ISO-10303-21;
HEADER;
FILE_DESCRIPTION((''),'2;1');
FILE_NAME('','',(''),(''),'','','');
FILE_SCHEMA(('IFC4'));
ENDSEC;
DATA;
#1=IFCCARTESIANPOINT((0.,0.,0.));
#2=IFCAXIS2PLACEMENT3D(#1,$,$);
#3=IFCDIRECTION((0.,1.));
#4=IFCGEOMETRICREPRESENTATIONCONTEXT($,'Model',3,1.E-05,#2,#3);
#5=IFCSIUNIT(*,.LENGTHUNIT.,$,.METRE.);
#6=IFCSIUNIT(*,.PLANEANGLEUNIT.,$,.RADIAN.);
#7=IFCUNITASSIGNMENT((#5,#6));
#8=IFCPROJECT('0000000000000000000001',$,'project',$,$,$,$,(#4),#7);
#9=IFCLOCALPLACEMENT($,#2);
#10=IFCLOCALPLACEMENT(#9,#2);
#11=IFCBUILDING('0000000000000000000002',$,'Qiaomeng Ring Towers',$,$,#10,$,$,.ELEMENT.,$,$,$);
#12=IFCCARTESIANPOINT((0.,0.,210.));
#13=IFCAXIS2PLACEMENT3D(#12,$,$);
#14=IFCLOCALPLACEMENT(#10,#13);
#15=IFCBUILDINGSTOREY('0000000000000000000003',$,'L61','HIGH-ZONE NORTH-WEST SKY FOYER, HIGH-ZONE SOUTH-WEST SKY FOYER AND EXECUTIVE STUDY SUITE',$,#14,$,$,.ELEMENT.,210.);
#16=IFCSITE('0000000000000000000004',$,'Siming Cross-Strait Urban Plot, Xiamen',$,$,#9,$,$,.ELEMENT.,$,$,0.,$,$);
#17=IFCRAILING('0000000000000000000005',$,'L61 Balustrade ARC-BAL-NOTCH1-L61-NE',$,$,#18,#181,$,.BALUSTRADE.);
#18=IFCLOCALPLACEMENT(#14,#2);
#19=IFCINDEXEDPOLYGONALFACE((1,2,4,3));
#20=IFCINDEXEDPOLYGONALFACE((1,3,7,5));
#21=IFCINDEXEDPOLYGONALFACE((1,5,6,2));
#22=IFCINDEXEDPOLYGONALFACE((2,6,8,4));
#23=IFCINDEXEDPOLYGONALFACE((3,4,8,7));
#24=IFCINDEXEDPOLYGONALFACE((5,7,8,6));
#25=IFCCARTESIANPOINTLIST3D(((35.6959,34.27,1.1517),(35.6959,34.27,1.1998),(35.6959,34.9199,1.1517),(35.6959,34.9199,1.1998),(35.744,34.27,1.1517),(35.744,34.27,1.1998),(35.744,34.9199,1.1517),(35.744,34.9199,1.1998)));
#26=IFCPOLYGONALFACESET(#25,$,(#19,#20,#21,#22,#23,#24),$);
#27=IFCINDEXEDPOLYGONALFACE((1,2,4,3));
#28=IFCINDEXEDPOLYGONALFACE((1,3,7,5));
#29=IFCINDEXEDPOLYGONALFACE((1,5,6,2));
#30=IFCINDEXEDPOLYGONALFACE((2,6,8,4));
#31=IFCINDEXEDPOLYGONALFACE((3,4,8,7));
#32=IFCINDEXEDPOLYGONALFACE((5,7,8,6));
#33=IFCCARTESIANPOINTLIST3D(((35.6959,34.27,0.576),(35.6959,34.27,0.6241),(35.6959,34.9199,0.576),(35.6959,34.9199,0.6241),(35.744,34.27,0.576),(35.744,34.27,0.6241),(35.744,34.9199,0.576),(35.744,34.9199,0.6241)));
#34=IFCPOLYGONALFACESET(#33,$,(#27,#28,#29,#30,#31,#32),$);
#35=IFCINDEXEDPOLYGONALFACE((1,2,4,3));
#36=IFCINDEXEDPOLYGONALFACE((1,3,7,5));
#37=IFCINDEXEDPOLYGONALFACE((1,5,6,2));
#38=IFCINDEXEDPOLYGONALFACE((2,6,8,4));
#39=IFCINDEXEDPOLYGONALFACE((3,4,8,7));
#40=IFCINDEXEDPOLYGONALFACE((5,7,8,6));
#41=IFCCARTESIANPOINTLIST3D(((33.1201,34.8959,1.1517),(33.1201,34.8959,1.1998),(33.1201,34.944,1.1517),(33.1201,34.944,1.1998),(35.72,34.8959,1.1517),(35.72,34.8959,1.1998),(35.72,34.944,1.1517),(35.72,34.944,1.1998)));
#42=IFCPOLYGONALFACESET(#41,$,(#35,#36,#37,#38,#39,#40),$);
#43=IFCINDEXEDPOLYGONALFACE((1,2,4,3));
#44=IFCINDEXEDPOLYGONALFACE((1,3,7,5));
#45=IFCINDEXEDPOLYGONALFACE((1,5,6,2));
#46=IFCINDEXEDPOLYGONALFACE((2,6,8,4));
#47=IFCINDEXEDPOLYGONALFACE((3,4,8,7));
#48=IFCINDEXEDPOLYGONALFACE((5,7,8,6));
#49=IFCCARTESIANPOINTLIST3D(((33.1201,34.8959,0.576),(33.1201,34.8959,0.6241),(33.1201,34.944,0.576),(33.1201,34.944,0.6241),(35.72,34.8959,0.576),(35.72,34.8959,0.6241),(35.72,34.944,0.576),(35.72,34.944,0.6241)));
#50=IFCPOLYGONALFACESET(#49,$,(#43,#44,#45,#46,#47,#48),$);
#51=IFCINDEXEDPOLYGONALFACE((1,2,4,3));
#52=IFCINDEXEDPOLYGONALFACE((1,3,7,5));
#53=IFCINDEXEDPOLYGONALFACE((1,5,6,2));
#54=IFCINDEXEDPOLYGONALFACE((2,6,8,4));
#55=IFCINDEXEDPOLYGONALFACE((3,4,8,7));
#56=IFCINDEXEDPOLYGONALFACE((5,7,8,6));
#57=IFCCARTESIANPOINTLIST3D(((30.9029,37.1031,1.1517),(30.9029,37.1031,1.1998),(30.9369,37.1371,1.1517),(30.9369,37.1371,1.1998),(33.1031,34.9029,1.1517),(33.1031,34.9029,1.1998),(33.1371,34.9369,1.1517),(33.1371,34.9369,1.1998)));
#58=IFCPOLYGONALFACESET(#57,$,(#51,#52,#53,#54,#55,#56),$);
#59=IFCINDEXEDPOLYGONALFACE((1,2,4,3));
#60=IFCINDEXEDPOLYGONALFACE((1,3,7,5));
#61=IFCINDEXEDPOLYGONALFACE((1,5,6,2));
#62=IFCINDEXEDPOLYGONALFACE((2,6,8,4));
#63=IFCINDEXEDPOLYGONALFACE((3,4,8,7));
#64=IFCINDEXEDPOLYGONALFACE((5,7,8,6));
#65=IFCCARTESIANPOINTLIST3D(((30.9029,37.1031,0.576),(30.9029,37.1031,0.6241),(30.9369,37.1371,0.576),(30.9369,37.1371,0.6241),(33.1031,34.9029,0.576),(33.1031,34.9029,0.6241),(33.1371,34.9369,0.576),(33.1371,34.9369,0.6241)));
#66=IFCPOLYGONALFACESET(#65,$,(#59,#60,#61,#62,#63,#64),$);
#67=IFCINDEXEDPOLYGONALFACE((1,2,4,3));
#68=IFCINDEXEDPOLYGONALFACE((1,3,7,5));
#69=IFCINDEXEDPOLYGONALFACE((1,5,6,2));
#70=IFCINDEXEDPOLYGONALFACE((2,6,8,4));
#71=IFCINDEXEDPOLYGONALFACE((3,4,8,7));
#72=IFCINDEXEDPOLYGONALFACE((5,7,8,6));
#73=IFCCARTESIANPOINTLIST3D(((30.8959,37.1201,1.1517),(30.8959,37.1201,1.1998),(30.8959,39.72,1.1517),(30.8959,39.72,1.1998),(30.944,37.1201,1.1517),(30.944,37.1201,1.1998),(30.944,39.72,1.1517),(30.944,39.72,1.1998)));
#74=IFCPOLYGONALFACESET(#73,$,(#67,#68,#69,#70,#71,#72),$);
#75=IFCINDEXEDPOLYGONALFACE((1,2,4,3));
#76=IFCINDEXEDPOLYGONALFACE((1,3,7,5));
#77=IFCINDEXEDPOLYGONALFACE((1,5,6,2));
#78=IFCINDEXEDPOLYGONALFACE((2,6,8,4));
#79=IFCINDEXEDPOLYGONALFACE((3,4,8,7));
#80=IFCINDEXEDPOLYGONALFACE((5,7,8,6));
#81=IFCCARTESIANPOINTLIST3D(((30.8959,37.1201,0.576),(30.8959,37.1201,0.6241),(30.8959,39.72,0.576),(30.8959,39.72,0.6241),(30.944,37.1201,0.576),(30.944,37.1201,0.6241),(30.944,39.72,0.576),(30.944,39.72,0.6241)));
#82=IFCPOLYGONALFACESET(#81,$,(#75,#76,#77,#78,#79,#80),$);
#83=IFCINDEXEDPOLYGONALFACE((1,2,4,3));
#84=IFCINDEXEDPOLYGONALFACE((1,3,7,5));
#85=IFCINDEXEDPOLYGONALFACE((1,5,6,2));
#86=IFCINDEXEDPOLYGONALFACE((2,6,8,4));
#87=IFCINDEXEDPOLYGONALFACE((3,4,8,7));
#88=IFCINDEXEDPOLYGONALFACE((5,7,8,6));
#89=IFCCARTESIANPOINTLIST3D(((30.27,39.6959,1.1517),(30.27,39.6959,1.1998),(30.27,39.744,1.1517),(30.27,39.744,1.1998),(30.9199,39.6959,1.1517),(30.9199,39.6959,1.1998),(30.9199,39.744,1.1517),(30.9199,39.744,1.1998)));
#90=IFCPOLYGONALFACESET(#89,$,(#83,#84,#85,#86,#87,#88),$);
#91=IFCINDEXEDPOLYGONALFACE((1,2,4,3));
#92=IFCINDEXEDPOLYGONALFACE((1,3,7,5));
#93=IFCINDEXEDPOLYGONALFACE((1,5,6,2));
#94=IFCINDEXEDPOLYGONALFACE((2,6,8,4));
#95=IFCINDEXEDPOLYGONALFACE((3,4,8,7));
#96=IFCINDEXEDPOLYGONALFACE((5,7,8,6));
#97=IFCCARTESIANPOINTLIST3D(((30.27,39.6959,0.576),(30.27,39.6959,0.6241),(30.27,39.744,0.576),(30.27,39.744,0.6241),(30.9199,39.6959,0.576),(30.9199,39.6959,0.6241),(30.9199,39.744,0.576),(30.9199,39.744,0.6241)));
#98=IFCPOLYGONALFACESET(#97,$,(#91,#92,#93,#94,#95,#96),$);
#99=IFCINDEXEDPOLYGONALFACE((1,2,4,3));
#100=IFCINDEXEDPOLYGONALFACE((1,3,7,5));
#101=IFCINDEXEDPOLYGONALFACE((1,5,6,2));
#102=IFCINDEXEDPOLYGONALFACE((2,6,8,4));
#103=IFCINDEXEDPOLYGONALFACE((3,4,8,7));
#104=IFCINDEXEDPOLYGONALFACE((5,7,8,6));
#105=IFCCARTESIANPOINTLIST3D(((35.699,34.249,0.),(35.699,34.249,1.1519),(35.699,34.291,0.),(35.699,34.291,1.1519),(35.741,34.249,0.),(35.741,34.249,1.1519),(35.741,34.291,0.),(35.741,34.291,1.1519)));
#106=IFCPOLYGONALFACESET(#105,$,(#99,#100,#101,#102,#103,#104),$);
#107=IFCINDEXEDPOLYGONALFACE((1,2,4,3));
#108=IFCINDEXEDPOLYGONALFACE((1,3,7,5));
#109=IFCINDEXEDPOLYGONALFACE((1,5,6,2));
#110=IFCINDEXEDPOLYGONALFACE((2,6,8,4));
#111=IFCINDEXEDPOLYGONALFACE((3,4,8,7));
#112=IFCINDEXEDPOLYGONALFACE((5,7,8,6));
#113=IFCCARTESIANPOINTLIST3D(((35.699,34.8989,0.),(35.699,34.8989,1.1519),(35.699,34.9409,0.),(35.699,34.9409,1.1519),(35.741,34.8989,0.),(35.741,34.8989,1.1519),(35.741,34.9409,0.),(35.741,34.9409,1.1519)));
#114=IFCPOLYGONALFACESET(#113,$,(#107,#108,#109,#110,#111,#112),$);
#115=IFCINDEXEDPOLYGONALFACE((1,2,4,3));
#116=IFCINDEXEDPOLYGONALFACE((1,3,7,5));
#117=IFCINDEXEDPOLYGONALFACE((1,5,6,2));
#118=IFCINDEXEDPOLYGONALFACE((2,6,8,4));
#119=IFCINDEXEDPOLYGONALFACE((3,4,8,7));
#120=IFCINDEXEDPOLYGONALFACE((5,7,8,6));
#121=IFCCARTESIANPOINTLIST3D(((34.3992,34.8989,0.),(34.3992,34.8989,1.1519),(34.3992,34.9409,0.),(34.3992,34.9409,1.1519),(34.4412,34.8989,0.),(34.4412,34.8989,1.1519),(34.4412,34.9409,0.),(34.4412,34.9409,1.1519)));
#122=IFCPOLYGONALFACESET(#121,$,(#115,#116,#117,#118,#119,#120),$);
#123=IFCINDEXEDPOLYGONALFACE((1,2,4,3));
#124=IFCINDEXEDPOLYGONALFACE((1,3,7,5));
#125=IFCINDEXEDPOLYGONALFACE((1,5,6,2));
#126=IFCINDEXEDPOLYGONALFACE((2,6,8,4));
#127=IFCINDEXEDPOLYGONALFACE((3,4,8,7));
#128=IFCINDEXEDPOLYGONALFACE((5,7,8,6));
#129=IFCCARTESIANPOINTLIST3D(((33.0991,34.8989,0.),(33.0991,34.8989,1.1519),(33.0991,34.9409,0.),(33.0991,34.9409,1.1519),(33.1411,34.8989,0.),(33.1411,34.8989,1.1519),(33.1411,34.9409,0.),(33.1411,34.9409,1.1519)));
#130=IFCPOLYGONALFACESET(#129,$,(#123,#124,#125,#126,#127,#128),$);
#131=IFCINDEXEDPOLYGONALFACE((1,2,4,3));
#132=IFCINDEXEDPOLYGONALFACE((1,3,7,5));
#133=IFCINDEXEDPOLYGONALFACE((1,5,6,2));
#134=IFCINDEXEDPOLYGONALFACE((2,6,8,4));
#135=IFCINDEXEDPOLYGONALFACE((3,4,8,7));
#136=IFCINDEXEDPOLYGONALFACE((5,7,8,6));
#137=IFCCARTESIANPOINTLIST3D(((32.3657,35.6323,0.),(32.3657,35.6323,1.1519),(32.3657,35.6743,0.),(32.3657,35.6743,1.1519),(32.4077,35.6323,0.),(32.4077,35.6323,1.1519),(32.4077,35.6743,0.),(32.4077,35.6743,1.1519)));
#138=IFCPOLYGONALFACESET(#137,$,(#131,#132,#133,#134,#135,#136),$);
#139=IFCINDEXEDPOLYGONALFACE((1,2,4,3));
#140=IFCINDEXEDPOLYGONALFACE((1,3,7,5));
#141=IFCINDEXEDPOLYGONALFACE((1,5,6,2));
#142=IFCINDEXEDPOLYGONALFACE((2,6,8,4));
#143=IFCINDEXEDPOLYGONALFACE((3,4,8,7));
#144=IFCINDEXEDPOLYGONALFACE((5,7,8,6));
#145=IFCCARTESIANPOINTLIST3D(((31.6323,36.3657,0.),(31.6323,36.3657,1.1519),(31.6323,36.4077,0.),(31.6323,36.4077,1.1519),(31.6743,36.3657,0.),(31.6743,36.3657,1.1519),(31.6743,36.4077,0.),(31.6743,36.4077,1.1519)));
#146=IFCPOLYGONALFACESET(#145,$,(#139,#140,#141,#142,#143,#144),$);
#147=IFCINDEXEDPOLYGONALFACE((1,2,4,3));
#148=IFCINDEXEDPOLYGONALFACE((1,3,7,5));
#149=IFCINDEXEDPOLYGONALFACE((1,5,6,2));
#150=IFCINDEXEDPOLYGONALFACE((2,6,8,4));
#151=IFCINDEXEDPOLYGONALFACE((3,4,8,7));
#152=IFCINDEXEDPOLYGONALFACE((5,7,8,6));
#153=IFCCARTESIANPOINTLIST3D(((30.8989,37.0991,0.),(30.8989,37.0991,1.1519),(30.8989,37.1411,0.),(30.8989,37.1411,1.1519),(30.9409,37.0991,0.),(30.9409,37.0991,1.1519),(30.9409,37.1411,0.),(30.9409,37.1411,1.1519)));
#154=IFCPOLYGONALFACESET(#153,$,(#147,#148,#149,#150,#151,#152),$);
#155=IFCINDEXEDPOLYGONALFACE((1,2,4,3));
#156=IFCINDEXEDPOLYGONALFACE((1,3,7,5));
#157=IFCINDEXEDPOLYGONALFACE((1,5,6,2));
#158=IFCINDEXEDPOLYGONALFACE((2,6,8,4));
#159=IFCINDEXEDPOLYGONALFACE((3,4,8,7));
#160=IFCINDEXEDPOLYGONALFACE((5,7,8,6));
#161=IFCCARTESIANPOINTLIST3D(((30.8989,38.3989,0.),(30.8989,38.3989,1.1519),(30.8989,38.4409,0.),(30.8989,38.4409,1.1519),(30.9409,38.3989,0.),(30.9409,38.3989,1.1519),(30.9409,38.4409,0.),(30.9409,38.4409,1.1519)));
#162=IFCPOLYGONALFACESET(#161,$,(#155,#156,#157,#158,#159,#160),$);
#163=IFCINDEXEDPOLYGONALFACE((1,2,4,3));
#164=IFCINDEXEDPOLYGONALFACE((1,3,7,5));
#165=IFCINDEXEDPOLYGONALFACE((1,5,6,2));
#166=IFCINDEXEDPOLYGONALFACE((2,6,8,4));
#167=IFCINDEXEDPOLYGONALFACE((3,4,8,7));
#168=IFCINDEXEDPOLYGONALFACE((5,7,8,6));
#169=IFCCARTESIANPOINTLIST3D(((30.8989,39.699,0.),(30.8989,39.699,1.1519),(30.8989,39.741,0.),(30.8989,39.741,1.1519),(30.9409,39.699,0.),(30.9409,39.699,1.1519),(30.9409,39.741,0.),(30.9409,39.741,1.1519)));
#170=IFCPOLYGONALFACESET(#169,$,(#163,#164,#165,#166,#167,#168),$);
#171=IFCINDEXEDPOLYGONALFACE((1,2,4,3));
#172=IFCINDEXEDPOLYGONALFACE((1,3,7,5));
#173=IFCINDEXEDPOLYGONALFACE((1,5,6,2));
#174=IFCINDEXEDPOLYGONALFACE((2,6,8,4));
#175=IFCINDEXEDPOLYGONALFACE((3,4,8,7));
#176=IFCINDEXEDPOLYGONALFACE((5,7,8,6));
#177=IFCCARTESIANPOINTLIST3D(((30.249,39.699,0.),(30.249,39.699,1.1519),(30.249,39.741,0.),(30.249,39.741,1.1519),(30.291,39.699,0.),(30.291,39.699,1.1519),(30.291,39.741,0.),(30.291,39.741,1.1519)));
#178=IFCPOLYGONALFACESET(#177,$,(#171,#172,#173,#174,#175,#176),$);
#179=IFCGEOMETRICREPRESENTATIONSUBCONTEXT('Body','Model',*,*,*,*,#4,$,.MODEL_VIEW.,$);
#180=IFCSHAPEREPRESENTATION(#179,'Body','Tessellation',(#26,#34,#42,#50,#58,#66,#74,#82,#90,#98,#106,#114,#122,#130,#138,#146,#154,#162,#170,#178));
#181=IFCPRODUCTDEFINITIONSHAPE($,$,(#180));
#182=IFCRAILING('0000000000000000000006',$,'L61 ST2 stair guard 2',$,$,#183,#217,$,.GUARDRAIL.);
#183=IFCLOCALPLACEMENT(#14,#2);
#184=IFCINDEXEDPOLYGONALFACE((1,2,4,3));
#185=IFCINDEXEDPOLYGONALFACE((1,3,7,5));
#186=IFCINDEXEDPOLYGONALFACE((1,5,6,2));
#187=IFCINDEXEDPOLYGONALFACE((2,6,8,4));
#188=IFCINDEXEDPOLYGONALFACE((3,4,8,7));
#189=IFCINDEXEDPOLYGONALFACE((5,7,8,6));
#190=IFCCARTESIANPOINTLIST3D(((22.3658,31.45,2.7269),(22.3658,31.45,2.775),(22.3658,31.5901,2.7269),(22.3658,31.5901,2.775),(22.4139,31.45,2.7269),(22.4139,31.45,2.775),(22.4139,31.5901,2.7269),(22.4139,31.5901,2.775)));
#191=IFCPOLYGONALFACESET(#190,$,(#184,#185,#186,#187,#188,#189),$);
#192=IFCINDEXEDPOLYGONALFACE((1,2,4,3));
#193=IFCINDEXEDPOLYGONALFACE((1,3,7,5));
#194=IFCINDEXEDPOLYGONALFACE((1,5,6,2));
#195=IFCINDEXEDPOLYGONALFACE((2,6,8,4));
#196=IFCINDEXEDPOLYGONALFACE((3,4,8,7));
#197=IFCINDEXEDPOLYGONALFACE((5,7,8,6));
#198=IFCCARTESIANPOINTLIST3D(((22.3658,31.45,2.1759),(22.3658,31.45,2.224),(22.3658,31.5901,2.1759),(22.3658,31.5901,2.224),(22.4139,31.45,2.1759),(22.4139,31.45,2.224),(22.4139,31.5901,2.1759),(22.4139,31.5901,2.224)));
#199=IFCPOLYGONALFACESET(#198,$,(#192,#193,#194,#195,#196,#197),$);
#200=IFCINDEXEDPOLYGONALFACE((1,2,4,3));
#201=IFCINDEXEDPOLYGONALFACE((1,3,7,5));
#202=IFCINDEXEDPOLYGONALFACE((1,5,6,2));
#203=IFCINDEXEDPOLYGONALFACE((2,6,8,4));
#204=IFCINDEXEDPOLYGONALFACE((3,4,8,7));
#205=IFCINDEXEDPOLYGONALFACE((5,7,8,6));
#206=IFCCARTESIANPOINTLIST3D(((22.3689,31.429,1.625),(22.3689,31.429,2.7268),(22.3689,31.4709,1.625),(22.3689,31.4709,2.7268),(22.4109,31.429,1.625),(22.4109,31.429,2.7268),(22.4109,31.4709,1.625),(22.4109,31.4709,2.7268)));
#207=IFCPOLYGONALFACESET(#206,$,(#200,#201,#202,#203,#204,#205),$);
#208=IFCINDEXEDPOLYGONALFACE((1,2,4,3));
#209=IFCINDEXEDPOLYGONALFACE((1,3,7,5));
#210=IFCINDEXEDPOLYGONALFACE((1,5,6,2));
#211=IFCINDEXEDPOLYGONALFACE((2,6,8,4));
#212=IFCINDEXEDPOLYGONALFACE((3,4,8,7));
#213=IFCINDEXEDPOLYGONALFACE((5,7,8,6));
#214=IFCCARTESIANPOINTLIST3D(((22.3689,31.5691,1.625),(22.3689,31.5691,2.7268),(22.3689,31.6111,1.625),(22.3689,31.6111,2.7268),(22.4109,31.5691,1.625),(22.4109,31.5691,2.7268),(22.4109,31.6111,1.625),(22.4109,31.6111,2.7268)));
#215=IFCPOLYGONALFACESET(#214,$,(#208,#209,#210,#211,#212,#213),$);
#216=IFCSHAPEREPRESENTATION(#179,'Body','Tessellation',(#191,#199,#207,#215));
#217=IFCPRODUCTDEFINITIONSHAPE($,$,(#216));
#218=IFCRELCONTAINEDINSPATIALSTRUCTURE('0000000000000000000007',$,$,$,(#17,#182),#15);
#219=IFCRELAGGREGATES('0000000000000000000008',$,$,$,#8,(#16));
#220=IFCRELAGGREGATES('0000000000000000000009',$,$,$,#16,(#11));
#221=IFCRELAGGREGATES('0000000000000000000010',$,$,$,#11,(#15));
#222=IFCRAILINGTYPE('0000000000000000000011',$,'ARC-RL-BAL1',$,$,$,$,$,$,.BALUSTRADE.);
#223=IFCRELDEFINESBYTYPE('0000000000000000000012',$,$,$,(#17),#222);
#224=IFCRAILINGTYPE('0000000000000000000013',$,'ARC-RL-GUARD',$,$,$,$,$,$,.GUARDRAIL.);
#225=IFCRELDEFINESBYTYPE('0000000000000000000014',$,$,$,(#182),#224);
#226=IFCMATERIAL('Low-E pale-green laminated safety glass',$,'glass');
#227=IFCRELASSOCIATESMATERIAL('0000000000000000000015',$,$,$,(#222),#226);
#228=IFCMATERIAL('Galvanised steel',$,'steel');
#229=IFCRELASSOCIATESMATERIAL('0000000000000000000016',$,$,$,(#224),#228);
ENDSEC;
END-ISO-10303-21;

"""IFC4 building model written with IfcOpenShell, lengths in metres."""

from ifc_helpers import new_model, si_unit, direction, frame, origin, origin_2d, place, context, subcontext, project, spatial, rectangle, extrude, material, type_object, element, save


model = new_model("IFC4")

# Units and contexts
model_context = context("Model", 3, precision=1e-05, world=origin(), true_north=direction((0.0, 1.0)))
body_context = subcontext(model_context, "Body", "Model", "MODEL_VIEW")
ifc_project = project(units=[si_unit("LENGTHUNIT", "METRE"), si_unit("PLANEANGLEUNIT", "RADIAN")], contexts=[model_context])

# Site, building, storey
site_placement = place(None, origin())
site = spatial("IfcSite", under=ifc_project, at=site_placement, Name="Siming Cross-Strait Urban Plot, Xiamen", CompositionType="ELEMENT", RefElevation=0.0)
building_placement = place(site_placement, origin())
building = spatial("IfcBuilding", under=site, at=building_placement, Name="Qiaomeng Ring Towers", CompositionType="ELEMENT")
storey_placement = place(building_placement, frame((0.0, 0.0, 210.0)))
storey = spatial("IfcBuildingStorey", under=building, at=storey_placement, Name="L61", Description="HIGH-ZONE NORTH-WEST SKY FOYER, HIGH-ZONE SOUTH-WEST SKY FOYER AND EXECUTIVE STUDY SUITE", CompositionType="ELEMENT", Elevation=210.0)

# Railings
ifc_material_1 = material(Name="Low-E pale-green laminated safety glass", Category="glass")
railing_type_1 = type_object("IfcRailingType", Name="ARC-RL-BAL1", PredefinedType="BALUSTRADE", material=ifc_material_1)
railing_1_placement = place(storey_placement, frame((35.72, 34.27, 0.0)))
element("IfcRailing", 1, at=railing_1_placement, inside=storey, type_object=railing_type_1, Name="L61 Balustrade ARC-BAL-NOTCH1-L61-NE", PredefinedType="BALUSTRADE", context=body_context, shape_type="SweptSolid", body=[
    extrude(rectangle(XDim=0.0481, YDim=0.0481, at=origin_2d()), frame((0.0, 0.0, 1.1758), z_axis=(0.0, 1.0, 0.0), x_axis=(-1.0, 0.0, 0.0)), (0.0, 0.0, 1.0), 0.6499),
    extrude(rectangle(XDim=0.0481, YDim=0.0481, at=origin_2d()), frame((0.0, 0.0, 0.6001), z_axis=(0.0, 1.0, 0.0), x_axis=(-1.0, 0.0, 0.0)), (0.0, 0.0, 1.0), 0.6499),
    extrude(rectangle(XDim=0.0481, YDim=0.0481, at=origin_2d()), frame((0.0, 0.6499, 1.1758), z_axis=(-1.0, 0.0, 0.0), x_axis=(0.0, -1.0, 0.0)), (0.0, 0.0, 1.0), 2.5999),
    extrude(rectangle(XDim=0.0481, YDim=0.0481, at=origin_2d()), frame((0.0, 0.6499, 0.6001), z_axis=(-1.0, 0.0, 0.0), x_axis=(0.0, -1.0, 0.0)), (0.0, 0.0, 1.0), 2.5999),
    extrude(rectangle(XDim=0.0481, YDim=0.0481, at=origin_2d()), frame((-2.5999, 0.6499, 1.1758), z_axis=(-0.707107, 0.707107, 0.0), x_axis=(-0.707107, -0.707107, 0.0)), (0.0, 0.0, 1.0), 3.1116),
    extrude(rectangle(XDim=0.0481, YDim=0.0481, at=origin_2d()), frame((-2.5999, 0.6499, 0.6001), z_axis=(-0.707107, 0.707107, 0.0), x_axis=(-0.707107, -0.707107, 0.0)), (0.0, 0.0, 1.0), 3.1116),
    extrude(rectangle(XDim=0.0481, YDim=0.0481, at=origin_2d()), frame((-4.8, 2.8501, 1.1758), z_axis=(0.0, 1.0, 0.0), x_axis=(-1.0, 0.0, 0.0)), (0.0, 0.0, 1.0), 2.5999),
    extrude(rectangle(XDim=0.0481, YDim=0.0481, at=origin_2d()), frame((-4.8, 2.8501, 0.6001), z_axis=(0.0, 1.0, 0.0), x_axis=(-1.0, 0.0, 0.0)), (0.0, 0.0, 1.0), 2.5999),
    extrude(rectangle(XDim=0.0481, YDim=0.0481, at=origin_2d()), frame((-4.8, 5.45, 1.1758), z_axis=(-1.0, 0.0, 0.0), x_axis=(0.0, -1.0, 0.0)), (0.0, 0.0, 1.0), 0.6499),
    extrude(rectangle(XDim=0.0481, YDim=0.0481, at=origin_2d()), frame((-4.8, 5.45, 0.6001), z_axis=(-1.0, 0.0, 0.0), x_axis=(0.0, -1.0, 0.0)), (0.0, 0.0, 1.0), 0.6499),
    extrude(rectangle(XDim=0.042, YDim=0.042, at=origin_2d()), origin(), (0.0, 0.0, 1.0), 1.1519),
    extrude(rectangle(XDim=0.042, YDim=0.042, at=origin_2d()), frame((0.0, 0.6499, 0.0)), (0.0, 0.0, 1.0), 1.1519),
    extrude(rectangle(XDim=0.042, YDim=0.042, at=origin_2d()), frame((-1.2998, 0.6499, 0.0)), (0.0, 0.0, 1.0), 1.1519),
    extrude(rectangle(XDim=0.042, YDim=0.042, at=origin_2d()), frame((-2.5999, 0.6499, 0.0)), (0.0, 0.0, 1.0), 1.1519),
    extrude(rectangle(XDim=0.042, YDim=0.042, at=origin_2d()), frame((-3.3333, 1.3833, 0.0)), (0.0, 0.0, 1.0), 1.1519),
    extrude(rectangle(XDim=0.042, YDim=0.042, at=origin_2d()), frame((-4.0667, 2.1167, 0.0)), (0.0, 0.0, 1.0), 1.1519),
    extrude(rectangle(XDim=0.042, YDim=0.042, at=origin_2d()), frame((-4.8, 2.8501, 0.0)), (0.0, 0.0, 1.0), 1.1519),
    extrude(rectangle(XDim=0.042, YDim=0.042, at=origin_2d()), frame((-4.8, 4.1499, 0.0)), (0.0, 0.0, 1.0), 1.1519),
    extrude(rectangle(XDim=0.042, YDim=0.042, at=origin_2d()), frame((-4.8, 5.45, 0.0)), (0.0, 0.0, 1.0), 1.1519),
    extrude(rectangle(XDim=0.042, YDim=0.042, at=origin_2d()), frame((-5.45, 5.45, 0.0)), (0.0, 0.0, 1.0), 1.1519),
])
ifc_material_2 = material(Name="Galvanised steel", Category="steel")
railing_type_2 = type_object("IfcRailingType", Name="ARC-RL-GUARD", PredefinedType="GUARDRAIL", material=ifc_material_2)
railing_2_placement = place(storey_placement, frame((22.3899, 31.45, 1.625)))
element("IfcRailing", 2, at=railing_2_placement, inside=storey, type_object=railing_type_2, Name="L61 ST2 stair guard 2", PredefinedType="GUARDRAIL", context=body_context, shape_type="SweptSolid", body=[
    extrude(rectangle(XDim=0.0481, YDim=0.0481, at=origin_2d()), frame((0.0, 0.0, 1.126), z_axis=(0.0, 1.0, 0.0), x_axis=(-1.0, 0.0, 0.0)), (0.0, 0.0, 1.0), 0.1401),
    extrude(rectangle(XDim=0.0481, YDim=0.0481, at=origin_2d()), frame((0.0, 0.0, 0.575), z_axis=(0.0, 1.0, 0.0), x_axis=(-1.0, 0.0, 0.0)), (0.0, 0.0, 1.0), 0.1401),
    extrude(rectangle(XDim=0.042, YDim=0.042, at=origin_2d()), origin(), (0.0, 0.0, 1.0), 1.1018),
    extrude(rectangle(XDim=0.042, YDim=0.042, at=origin_2d()), frame((0.0, 0.1401, 0.0)), (0.0, 0.0, 1.0), 1.1018),
])

save(model, "model.ifc")
